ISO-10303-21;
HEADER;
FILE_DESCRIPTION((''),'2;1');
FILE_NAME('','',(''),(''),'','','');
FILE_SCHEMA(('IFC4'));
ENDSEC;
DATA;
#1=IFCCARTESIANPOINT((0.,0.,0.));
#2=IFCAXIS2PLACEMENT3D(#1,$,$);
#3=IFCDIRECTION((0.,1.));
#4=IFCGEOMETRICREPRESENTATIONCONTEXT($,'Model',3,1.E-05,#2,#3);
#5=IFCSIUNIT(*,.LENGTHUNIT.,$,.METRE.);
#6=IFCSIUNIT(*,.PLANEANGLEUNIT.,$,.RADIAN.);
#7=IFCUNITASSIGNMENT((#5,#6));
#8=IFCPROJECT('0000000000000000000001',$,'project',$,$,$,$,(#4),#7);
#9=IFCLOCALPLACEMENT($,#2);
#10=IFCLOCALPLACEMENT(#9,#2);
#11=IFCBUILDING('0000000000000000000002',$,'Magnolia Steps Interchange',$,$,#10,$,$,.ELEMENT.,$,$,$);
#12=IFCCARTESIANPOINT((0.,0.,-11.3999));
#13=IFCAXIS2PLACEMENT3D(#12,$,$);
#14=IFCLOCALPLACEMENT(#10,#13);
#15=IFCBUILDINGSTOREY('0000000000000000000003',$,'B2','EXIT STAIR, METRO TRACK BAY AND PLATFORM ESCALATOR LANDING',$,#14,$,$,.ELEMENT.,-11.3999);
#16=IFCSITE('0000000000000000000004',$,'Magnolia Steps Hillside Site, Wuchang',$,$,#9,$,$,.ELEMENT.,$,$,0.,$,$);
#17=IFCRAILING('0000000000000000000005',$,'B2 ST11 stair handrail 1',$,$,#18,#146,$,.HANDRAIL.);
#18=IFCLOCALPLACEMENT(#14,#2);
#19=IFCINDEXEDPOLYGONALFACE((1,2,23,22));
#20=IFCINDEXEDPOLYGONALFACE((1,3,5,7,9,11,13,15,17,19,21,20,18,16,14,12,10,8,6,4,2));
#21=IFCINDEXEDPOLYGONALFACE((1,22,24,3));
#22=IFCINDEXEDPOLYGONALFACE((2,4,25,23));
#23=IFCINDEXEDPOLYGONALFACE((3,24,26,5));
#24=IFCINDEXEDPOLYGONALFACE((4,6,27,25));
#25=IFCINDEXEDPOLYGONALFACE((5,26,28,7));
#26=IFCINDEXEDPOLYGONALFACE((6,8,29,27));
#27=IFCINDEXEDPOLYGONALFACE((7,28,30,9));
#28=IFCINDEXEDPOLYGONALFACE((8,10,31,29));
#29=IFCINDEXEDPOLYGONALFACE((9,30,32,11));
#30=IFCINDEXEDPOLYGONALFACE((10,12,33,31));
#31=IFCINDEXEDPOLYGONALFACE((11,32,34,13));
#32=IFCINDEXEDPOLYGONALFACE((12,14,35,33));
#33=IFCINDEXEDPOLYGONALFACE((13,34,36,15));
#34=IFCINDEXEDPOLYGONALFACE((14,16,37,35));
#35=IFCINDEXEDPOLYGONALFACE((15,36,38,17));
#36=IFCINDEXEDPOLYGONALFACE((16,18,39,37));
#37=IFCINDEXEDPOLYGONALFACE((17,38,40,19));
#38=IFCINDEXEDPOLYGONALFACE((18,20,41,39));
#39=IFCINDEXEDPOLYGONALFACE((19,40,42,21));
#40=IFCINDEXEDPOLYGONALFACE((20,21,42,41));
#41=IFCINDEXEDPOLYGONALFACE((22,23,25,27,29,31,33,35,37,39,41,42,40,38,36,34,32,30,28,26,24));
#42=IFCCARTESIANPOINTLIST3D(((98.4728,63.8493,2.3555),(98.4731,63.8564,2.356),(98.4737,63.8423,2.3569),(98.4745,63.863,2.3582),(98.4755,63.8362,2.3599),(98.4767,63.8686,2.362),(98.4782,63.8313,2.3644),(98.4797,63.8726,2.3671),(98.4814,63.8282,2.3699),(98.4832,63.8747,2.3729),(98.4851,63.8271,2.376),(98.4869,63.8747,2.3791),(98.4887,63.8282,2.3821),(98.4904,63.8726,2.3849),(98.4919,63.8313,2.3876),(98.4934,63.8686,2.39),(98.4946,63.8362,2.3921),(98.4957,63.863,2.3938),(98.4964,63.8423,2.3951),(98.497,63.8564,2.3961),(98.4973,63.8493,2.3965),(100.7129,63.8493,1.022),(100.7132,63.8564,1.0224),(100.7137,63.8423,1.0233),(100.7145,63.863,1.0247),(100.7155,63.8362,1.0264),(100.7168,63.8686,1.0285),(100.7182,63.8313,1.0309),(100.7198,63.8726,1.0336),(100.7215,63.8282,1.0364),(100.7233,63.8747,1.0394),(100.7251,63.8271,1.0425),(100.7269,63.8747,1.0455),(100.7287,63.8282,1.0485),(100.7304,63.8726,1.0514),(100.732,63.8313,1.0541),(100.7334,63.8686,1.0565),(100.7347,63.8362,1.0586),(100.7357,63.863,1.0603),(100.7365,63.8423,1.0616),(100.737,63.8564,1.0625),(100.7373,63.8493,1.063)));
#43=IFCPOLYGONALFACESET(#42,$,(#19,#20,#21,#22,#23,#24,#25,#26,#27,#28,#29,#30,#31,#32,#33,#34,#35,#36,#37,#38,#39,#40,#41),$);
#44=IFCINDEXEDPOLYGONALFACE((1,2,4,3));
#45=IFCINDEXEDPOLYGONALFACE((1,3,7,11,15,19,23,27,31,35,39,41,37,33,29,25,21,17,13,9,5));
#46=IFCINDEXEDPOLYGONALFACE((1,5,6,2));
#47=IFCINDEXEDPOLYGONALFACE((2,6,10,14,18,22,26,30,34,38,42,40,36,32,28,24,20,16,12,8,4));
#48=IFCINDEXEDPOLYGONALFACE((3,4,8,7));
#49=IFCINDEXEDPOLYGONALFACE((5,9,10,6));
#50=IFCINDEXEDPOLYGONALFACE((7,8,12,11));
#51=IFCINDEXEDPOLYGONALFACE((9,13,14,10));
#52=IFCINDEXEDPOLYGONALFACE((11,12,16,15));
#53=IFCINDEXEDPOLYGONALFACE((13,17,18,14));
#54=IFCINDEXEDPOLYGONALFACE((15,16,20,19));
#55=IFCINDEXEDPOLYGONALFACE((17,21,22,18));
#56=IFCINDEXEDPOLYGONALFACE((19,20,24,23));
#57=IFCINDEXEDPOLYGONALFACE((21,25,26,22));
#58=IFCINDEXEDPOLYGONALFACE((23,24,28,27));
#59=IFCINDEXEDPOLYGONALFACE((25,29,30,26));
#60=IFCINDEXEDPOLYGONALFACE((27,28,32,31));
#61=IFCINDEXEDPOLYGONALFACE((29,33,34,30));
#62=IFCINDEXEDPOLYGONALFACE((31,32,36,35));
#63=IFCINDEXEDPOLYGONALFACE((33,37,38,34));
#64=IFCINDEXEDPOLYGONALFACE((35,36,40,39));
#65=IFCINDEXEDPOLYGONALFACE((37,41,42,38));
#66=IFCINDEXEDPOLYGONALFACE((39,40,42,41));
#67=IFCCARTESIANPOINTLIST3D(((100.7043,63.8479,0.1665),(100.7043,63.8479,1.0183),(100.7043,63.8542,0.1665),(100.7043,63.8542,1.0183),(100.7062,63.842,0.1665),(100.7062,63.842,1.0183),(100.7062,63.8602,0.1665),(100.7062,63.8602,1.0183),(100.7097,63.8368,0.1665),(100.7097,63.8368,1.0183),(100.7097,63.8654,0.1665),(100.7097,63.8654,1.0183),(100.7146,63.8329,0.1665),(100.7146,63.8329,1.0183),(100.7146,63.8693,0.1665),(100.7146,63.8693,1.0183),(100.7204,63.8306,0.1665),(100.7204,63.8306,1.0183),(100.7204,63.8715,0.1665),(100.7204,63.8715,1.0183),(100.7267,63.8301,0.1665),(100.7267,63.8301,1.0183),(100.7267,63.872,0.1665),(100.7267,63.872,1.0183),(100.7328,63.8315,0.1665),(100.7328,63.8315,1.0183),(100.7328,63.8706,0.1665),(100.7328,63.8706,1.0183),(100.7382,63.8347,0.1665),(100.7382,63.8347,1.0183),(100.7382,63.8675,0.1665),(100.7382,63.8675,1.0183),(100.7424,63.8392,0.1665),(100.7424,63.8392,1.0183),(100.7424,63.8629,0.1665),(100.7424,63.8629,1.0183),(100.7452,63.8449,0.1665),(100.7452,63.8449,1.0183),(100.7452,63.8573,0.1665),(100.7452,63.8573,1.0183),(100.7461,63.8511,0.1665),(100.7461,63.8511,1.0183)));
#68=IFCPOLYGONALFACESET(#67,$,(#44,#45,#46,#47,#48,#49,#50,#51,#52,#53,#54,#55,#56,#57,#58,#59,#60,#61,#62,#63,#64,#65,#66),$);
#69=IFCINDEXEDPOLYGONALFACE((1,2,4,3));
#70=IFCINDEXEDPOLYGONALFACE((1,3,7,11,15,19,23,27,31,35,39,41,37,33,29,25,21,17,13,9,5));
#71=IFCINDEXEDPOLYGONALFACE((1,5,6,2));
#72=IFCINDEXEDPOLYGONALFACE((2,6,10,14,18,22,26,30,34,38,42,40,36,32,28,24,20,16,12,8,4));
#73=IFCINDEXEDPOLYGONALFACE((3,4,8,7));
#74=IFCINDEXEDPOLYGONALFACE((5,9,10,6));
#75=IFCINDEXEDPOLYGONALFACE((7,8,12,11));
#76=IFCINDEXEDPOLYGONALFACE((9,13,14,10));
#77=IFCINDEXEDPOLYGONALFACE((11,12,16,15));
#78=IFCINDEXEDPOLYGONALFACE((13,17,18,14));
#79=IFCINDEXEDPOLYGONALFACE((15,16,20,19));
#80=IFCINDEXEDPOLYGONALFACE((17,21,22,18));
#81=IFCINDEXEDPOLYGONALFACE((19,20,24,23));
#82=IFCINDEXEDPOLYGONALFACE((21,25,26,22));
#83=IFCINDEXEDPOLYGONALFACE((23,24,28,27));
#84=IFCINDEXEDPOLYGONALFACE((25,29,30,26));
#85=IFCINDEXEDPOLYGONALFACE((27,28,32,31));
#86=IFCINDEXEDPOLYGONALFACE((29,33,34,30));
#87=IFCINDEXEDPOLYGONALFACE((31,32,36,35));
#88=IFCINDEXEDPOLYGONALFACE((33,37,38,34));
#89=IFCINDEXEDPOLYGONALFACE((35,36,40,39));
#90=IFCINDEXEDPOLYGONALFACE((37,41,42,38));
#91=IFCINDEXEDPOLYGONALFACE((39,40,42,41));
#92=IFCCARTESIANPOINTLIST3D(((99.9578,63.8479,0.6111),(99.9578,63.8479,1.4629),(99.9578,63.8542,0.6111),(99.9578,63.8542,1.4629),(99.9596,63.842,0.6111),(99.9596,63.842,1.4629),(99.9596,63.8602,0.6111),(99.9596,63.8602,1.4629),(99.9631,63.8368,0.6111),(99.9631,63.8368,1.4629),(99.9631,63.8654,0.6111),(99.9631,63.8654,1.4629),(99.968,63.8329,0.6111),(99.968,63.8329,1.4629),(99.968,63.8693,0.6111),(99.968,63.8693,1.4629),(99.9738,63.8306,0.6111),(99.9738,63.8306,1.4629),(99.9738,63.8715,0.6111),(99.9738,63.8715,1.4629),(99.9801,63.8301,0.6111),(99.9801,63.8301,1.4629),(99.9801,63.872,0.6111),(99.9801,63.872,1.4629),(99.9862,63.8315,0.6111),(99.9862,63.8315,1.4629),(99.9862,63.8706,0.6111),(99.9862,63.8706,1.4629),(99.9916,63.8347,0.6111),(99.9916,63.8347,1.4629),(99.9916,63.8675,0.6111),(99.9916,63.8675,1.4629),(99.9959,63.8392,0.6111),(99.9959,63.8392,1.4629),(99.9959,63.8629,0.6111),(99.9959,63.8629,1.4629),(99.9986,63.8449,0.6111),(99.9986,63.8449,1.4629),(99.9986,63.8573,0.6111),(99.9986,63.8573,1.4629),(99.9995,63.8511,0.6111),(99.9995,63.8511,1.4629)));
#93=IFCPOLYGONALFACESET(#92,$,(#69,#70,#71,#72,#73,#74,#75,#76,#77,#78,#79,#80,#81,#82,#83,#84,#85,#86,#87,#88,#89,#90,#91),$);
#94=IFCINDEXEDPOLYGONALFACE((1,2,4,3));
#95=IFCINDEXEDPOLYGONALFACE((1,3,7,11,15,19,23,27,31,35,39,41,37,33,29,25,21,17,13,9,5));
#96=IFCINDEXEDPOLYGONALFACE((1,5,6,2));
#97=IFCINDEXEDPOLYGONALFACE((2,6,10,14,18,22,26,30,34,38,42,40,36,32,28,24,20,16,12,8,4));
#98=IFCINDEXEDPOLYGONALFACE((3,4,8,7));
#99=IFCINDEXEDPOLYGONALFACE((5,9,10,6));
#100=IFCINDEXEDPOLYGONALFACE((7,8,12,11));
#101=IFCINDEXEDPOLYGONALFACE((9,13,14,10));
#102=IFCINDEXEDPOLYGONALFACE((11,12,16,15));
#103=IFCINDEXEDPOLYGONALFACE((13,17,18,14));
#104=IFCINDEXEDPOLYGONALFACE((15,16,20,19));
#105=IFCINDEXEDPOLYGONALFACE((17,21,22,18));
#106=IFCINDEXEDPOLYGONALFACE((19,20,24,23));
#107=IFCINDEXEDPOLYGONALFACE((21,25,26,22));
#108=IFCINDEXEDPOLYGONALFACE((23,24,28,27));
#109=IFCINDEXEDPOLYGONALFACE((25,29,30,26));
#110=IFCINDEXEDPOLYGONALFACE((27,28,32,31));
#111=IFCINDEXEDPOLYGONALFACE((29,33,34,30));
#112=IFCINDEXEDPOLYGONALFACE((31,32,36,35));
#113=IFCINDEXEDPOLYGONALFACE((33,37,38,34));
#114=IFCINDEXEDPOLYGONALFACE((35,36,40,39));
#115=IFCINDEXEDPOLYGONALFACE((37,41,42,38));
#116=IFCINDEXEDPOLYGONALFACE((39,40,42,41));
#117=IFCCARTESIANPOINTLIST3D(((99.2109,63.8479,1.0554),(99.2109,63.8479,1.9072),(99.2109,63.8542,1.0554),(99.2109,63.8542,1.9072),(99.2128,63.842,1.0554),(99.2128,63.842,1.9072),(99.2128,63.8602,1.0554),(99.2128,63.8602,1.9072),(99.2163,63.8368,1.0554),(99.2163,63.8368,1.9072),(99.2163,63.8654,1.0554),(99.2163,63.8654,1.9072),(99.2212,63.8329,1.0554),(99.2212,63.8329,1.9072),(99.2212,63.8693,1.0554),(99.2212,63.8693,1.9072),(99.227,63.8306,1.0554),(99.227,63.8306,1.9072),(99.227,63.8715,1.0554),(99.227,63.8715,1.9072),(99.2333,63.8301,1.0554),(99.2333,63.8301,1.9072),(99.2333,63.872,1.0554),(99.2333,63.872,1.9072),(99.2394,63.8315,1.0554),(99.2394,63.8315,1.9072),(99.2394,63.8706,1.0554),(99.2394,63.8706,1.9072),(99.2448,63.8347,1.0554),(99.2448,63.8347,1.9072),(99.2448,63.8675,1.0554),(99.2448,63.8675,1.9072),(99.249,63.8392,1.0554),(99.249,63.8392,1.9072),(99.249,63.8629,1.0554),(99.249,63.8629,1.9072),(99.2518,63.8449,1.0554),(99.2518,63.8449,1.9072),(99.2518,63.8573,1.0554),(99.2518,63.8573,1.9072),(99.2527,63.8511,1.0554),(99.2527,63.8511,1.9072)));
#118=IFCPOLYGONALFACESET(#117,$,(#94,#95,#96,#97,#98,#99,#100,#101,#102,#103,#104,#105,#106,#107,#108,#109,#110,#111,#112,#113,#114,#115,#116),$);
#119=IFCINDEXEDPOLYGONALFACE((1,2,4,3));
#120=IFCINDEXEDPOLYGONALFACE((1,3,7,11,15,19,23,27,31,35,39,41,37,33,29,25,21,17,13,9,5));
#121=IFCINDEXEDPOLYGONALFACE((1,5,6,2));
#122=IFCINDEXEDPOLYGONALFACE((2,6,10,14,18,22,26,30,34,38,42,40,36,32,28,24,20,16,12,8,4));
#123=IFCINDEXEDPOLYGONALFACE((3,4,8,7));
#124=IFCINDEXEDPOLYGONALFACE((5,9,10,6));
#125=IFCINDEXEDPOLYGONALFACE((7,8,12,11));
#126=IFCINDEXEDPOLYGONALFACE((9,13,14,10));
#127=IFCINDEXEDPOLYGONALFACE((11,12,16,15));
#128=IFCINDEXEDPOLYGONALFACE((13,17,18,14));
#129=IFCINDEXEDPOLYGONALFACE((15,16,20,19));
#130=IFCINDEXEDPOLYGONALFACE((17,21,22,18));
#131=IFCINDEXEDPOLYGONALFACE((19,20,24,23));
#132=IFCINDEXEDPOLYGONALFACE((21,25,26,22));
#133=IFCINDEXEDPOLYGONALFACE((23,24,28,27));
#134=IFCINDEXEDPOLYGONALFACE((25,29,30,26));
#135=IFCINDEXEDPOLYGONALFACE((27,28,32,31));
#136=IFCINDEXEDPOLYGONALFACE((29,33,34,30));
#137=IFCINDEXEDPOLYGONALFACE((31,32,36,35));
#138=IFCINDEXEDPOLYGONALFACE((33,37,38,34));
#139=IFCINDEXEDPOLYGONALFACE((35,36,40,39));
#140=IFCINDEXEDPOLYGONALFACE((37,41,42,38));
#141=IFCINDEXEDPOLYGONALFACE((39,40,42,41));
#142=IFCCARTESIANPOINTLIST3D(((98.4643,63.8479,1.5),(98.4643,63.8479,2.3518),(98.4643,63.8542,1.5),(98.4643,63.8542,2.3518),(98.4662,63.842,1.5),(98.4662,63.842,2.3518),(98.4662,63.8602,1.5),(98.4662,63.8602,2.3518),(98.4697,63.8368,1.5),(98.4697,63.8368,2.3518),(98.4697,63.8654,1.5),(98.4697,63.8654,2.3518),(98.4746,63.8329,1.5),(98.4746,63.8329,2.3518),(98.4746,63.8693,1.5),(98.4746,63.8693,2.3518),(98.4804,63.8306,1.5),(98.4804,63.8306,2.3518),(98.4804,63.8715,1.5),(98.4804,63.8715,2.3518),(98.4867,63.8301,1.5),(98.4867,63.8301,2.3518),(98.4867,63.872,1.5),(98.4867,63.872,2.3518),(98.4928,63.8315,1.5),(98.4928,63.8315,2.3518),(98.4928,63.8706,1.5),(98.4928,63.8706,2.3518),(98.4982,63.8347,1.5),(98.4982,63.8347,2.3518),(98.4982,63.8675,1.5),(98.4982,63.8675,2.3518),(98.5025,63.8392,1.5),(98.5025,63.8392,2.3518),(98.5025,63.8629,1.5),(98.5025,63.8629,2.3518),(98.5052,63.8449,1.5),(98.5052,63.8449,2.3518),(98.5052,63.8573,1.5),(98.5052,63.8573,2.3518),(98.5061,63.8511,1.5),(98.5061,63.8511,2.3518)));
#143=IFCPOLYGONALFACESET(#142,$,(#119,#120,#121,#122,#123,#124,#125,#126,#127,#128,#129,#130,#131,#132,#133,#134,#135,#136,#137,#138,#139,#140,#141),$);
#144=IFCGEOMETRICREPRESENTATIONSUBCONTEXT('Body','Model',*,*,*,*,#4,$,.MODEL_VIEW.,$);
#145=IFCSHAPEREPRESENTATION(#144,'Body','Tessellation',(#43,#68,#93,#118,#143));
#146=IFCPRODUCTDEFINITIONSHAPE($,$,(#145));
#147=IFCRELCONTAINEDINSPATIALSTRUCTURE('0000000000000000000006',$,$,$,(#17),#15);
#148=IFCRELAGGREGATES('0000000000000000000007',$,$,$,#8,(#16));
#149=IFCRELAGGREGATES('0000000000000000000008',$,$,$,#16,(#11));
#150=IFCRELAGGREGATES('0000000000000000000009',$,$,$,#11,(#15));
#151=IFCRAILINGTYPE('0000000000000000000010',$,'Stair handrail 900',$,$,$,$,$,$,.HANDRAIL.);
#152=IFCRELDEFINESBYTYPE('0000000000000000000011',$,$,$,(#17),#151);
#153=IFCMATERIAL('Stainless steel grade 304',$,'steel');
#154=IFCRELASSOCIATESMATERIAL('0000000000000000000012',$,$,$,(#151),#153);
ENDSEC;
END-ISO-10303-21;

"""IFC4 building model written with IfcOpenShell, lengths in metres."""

from ifc_helpers import new_model, si_unit, direction, frame, origin, origin_2d, place, context, subcontext, project, spatial, circle, extrude, material, type_object, element, save


model = new_model("IFC4")

# Units and contexts
model_context = context("Model", 3, precision=1e-05, world=origin(), true_north=direction((0.0, 1.0)))
body_context = subcontext(model_context, "Body", "Model", "MODEL_VIEW")
ifc_project = project(units=[si_unit("LENGTHUNIT", "METRE"), si_unit("PLANEANGLEUNIT", "RADIAN")], contexts=[model_context])

# Site, building, storey
site_placement = place(None, origin())
site = spatial("IfcSite", under=ifc_project, at=site_placement, Name="Magnolia Steps Hillside Site, Wuchang", CompositionType="ELEMENT", RefElevation=0.0)
building_placement = place(site_placement, origin())
building = spatial("IfcBuilding", under=site, at=building_placement, Name="Magnolia Steps Interchange", CompositionType="ELEMENT")
storey_placement = place(building_placement, frame((0.0, 0.0, -11.3999)))
storey = spatial("IfcBuildingStorey", under=building, at=storey_placement, Name="B2", Description="EXIT STAIR, METRO TRACK BAY AND PLATFORM ESCALATOR LANDING", CompositionType="ELEMENT", Elevation=-11.3999)

# Railing
ifc_material_1 = material(Name="Stainless steel grade 304", Category="steel")
railing_type_1 = type_object("IfcRailingType", Name="Stair handrail 900", PredefinedType="HANDRAIL", material=ifc_material_1)
for number, where, name in (
    (1, (100.7251, 63.8511, 0.1665), "B2 ST11 stair handrail 1"),
):
    element("IfcRailing", number, at=place(storey_placement, frame(where)), inside=storey, type_object=railing_type_1, Name=name, PredefinedType="HANDRAIL", context=body_context, shape_type="SweptSolid", body=[
        extrude(circle(Radius=0.0239, at=origin_2d()), frame((0.0, 0.0, 0.876), z_axis=(-0.859264, 0.0, 0.511532), x_axis=(0.0, -1.0, 0.0)), (0.0, 0.0, 1.0), 2.6069),
        extrude(circle(Radius=0.021, at=origin_2d()), origin(), (0.0, 0.0, 1.0), 0.8518),
        extrude(circle(Radius=0.021, at=origin_2d()), frame((-0.7466, 0.0, 0.4446)), (0.0, 0.0, 1.0), 0.8518),
        extrude(circle(Radius=0.021, at=origin_2d()), frame((-1.4934, 0.0, 0.8889)), (0.0, 0.0, 1.0), 0.8518),
        extrude(circle(Radius=0.021, at=origin_2d()), frame((-2.24, 0.0, 1.3335)), (0.0, 0.0, 1.0), 0.8518),
    ])

save(model, "model.ifc")
